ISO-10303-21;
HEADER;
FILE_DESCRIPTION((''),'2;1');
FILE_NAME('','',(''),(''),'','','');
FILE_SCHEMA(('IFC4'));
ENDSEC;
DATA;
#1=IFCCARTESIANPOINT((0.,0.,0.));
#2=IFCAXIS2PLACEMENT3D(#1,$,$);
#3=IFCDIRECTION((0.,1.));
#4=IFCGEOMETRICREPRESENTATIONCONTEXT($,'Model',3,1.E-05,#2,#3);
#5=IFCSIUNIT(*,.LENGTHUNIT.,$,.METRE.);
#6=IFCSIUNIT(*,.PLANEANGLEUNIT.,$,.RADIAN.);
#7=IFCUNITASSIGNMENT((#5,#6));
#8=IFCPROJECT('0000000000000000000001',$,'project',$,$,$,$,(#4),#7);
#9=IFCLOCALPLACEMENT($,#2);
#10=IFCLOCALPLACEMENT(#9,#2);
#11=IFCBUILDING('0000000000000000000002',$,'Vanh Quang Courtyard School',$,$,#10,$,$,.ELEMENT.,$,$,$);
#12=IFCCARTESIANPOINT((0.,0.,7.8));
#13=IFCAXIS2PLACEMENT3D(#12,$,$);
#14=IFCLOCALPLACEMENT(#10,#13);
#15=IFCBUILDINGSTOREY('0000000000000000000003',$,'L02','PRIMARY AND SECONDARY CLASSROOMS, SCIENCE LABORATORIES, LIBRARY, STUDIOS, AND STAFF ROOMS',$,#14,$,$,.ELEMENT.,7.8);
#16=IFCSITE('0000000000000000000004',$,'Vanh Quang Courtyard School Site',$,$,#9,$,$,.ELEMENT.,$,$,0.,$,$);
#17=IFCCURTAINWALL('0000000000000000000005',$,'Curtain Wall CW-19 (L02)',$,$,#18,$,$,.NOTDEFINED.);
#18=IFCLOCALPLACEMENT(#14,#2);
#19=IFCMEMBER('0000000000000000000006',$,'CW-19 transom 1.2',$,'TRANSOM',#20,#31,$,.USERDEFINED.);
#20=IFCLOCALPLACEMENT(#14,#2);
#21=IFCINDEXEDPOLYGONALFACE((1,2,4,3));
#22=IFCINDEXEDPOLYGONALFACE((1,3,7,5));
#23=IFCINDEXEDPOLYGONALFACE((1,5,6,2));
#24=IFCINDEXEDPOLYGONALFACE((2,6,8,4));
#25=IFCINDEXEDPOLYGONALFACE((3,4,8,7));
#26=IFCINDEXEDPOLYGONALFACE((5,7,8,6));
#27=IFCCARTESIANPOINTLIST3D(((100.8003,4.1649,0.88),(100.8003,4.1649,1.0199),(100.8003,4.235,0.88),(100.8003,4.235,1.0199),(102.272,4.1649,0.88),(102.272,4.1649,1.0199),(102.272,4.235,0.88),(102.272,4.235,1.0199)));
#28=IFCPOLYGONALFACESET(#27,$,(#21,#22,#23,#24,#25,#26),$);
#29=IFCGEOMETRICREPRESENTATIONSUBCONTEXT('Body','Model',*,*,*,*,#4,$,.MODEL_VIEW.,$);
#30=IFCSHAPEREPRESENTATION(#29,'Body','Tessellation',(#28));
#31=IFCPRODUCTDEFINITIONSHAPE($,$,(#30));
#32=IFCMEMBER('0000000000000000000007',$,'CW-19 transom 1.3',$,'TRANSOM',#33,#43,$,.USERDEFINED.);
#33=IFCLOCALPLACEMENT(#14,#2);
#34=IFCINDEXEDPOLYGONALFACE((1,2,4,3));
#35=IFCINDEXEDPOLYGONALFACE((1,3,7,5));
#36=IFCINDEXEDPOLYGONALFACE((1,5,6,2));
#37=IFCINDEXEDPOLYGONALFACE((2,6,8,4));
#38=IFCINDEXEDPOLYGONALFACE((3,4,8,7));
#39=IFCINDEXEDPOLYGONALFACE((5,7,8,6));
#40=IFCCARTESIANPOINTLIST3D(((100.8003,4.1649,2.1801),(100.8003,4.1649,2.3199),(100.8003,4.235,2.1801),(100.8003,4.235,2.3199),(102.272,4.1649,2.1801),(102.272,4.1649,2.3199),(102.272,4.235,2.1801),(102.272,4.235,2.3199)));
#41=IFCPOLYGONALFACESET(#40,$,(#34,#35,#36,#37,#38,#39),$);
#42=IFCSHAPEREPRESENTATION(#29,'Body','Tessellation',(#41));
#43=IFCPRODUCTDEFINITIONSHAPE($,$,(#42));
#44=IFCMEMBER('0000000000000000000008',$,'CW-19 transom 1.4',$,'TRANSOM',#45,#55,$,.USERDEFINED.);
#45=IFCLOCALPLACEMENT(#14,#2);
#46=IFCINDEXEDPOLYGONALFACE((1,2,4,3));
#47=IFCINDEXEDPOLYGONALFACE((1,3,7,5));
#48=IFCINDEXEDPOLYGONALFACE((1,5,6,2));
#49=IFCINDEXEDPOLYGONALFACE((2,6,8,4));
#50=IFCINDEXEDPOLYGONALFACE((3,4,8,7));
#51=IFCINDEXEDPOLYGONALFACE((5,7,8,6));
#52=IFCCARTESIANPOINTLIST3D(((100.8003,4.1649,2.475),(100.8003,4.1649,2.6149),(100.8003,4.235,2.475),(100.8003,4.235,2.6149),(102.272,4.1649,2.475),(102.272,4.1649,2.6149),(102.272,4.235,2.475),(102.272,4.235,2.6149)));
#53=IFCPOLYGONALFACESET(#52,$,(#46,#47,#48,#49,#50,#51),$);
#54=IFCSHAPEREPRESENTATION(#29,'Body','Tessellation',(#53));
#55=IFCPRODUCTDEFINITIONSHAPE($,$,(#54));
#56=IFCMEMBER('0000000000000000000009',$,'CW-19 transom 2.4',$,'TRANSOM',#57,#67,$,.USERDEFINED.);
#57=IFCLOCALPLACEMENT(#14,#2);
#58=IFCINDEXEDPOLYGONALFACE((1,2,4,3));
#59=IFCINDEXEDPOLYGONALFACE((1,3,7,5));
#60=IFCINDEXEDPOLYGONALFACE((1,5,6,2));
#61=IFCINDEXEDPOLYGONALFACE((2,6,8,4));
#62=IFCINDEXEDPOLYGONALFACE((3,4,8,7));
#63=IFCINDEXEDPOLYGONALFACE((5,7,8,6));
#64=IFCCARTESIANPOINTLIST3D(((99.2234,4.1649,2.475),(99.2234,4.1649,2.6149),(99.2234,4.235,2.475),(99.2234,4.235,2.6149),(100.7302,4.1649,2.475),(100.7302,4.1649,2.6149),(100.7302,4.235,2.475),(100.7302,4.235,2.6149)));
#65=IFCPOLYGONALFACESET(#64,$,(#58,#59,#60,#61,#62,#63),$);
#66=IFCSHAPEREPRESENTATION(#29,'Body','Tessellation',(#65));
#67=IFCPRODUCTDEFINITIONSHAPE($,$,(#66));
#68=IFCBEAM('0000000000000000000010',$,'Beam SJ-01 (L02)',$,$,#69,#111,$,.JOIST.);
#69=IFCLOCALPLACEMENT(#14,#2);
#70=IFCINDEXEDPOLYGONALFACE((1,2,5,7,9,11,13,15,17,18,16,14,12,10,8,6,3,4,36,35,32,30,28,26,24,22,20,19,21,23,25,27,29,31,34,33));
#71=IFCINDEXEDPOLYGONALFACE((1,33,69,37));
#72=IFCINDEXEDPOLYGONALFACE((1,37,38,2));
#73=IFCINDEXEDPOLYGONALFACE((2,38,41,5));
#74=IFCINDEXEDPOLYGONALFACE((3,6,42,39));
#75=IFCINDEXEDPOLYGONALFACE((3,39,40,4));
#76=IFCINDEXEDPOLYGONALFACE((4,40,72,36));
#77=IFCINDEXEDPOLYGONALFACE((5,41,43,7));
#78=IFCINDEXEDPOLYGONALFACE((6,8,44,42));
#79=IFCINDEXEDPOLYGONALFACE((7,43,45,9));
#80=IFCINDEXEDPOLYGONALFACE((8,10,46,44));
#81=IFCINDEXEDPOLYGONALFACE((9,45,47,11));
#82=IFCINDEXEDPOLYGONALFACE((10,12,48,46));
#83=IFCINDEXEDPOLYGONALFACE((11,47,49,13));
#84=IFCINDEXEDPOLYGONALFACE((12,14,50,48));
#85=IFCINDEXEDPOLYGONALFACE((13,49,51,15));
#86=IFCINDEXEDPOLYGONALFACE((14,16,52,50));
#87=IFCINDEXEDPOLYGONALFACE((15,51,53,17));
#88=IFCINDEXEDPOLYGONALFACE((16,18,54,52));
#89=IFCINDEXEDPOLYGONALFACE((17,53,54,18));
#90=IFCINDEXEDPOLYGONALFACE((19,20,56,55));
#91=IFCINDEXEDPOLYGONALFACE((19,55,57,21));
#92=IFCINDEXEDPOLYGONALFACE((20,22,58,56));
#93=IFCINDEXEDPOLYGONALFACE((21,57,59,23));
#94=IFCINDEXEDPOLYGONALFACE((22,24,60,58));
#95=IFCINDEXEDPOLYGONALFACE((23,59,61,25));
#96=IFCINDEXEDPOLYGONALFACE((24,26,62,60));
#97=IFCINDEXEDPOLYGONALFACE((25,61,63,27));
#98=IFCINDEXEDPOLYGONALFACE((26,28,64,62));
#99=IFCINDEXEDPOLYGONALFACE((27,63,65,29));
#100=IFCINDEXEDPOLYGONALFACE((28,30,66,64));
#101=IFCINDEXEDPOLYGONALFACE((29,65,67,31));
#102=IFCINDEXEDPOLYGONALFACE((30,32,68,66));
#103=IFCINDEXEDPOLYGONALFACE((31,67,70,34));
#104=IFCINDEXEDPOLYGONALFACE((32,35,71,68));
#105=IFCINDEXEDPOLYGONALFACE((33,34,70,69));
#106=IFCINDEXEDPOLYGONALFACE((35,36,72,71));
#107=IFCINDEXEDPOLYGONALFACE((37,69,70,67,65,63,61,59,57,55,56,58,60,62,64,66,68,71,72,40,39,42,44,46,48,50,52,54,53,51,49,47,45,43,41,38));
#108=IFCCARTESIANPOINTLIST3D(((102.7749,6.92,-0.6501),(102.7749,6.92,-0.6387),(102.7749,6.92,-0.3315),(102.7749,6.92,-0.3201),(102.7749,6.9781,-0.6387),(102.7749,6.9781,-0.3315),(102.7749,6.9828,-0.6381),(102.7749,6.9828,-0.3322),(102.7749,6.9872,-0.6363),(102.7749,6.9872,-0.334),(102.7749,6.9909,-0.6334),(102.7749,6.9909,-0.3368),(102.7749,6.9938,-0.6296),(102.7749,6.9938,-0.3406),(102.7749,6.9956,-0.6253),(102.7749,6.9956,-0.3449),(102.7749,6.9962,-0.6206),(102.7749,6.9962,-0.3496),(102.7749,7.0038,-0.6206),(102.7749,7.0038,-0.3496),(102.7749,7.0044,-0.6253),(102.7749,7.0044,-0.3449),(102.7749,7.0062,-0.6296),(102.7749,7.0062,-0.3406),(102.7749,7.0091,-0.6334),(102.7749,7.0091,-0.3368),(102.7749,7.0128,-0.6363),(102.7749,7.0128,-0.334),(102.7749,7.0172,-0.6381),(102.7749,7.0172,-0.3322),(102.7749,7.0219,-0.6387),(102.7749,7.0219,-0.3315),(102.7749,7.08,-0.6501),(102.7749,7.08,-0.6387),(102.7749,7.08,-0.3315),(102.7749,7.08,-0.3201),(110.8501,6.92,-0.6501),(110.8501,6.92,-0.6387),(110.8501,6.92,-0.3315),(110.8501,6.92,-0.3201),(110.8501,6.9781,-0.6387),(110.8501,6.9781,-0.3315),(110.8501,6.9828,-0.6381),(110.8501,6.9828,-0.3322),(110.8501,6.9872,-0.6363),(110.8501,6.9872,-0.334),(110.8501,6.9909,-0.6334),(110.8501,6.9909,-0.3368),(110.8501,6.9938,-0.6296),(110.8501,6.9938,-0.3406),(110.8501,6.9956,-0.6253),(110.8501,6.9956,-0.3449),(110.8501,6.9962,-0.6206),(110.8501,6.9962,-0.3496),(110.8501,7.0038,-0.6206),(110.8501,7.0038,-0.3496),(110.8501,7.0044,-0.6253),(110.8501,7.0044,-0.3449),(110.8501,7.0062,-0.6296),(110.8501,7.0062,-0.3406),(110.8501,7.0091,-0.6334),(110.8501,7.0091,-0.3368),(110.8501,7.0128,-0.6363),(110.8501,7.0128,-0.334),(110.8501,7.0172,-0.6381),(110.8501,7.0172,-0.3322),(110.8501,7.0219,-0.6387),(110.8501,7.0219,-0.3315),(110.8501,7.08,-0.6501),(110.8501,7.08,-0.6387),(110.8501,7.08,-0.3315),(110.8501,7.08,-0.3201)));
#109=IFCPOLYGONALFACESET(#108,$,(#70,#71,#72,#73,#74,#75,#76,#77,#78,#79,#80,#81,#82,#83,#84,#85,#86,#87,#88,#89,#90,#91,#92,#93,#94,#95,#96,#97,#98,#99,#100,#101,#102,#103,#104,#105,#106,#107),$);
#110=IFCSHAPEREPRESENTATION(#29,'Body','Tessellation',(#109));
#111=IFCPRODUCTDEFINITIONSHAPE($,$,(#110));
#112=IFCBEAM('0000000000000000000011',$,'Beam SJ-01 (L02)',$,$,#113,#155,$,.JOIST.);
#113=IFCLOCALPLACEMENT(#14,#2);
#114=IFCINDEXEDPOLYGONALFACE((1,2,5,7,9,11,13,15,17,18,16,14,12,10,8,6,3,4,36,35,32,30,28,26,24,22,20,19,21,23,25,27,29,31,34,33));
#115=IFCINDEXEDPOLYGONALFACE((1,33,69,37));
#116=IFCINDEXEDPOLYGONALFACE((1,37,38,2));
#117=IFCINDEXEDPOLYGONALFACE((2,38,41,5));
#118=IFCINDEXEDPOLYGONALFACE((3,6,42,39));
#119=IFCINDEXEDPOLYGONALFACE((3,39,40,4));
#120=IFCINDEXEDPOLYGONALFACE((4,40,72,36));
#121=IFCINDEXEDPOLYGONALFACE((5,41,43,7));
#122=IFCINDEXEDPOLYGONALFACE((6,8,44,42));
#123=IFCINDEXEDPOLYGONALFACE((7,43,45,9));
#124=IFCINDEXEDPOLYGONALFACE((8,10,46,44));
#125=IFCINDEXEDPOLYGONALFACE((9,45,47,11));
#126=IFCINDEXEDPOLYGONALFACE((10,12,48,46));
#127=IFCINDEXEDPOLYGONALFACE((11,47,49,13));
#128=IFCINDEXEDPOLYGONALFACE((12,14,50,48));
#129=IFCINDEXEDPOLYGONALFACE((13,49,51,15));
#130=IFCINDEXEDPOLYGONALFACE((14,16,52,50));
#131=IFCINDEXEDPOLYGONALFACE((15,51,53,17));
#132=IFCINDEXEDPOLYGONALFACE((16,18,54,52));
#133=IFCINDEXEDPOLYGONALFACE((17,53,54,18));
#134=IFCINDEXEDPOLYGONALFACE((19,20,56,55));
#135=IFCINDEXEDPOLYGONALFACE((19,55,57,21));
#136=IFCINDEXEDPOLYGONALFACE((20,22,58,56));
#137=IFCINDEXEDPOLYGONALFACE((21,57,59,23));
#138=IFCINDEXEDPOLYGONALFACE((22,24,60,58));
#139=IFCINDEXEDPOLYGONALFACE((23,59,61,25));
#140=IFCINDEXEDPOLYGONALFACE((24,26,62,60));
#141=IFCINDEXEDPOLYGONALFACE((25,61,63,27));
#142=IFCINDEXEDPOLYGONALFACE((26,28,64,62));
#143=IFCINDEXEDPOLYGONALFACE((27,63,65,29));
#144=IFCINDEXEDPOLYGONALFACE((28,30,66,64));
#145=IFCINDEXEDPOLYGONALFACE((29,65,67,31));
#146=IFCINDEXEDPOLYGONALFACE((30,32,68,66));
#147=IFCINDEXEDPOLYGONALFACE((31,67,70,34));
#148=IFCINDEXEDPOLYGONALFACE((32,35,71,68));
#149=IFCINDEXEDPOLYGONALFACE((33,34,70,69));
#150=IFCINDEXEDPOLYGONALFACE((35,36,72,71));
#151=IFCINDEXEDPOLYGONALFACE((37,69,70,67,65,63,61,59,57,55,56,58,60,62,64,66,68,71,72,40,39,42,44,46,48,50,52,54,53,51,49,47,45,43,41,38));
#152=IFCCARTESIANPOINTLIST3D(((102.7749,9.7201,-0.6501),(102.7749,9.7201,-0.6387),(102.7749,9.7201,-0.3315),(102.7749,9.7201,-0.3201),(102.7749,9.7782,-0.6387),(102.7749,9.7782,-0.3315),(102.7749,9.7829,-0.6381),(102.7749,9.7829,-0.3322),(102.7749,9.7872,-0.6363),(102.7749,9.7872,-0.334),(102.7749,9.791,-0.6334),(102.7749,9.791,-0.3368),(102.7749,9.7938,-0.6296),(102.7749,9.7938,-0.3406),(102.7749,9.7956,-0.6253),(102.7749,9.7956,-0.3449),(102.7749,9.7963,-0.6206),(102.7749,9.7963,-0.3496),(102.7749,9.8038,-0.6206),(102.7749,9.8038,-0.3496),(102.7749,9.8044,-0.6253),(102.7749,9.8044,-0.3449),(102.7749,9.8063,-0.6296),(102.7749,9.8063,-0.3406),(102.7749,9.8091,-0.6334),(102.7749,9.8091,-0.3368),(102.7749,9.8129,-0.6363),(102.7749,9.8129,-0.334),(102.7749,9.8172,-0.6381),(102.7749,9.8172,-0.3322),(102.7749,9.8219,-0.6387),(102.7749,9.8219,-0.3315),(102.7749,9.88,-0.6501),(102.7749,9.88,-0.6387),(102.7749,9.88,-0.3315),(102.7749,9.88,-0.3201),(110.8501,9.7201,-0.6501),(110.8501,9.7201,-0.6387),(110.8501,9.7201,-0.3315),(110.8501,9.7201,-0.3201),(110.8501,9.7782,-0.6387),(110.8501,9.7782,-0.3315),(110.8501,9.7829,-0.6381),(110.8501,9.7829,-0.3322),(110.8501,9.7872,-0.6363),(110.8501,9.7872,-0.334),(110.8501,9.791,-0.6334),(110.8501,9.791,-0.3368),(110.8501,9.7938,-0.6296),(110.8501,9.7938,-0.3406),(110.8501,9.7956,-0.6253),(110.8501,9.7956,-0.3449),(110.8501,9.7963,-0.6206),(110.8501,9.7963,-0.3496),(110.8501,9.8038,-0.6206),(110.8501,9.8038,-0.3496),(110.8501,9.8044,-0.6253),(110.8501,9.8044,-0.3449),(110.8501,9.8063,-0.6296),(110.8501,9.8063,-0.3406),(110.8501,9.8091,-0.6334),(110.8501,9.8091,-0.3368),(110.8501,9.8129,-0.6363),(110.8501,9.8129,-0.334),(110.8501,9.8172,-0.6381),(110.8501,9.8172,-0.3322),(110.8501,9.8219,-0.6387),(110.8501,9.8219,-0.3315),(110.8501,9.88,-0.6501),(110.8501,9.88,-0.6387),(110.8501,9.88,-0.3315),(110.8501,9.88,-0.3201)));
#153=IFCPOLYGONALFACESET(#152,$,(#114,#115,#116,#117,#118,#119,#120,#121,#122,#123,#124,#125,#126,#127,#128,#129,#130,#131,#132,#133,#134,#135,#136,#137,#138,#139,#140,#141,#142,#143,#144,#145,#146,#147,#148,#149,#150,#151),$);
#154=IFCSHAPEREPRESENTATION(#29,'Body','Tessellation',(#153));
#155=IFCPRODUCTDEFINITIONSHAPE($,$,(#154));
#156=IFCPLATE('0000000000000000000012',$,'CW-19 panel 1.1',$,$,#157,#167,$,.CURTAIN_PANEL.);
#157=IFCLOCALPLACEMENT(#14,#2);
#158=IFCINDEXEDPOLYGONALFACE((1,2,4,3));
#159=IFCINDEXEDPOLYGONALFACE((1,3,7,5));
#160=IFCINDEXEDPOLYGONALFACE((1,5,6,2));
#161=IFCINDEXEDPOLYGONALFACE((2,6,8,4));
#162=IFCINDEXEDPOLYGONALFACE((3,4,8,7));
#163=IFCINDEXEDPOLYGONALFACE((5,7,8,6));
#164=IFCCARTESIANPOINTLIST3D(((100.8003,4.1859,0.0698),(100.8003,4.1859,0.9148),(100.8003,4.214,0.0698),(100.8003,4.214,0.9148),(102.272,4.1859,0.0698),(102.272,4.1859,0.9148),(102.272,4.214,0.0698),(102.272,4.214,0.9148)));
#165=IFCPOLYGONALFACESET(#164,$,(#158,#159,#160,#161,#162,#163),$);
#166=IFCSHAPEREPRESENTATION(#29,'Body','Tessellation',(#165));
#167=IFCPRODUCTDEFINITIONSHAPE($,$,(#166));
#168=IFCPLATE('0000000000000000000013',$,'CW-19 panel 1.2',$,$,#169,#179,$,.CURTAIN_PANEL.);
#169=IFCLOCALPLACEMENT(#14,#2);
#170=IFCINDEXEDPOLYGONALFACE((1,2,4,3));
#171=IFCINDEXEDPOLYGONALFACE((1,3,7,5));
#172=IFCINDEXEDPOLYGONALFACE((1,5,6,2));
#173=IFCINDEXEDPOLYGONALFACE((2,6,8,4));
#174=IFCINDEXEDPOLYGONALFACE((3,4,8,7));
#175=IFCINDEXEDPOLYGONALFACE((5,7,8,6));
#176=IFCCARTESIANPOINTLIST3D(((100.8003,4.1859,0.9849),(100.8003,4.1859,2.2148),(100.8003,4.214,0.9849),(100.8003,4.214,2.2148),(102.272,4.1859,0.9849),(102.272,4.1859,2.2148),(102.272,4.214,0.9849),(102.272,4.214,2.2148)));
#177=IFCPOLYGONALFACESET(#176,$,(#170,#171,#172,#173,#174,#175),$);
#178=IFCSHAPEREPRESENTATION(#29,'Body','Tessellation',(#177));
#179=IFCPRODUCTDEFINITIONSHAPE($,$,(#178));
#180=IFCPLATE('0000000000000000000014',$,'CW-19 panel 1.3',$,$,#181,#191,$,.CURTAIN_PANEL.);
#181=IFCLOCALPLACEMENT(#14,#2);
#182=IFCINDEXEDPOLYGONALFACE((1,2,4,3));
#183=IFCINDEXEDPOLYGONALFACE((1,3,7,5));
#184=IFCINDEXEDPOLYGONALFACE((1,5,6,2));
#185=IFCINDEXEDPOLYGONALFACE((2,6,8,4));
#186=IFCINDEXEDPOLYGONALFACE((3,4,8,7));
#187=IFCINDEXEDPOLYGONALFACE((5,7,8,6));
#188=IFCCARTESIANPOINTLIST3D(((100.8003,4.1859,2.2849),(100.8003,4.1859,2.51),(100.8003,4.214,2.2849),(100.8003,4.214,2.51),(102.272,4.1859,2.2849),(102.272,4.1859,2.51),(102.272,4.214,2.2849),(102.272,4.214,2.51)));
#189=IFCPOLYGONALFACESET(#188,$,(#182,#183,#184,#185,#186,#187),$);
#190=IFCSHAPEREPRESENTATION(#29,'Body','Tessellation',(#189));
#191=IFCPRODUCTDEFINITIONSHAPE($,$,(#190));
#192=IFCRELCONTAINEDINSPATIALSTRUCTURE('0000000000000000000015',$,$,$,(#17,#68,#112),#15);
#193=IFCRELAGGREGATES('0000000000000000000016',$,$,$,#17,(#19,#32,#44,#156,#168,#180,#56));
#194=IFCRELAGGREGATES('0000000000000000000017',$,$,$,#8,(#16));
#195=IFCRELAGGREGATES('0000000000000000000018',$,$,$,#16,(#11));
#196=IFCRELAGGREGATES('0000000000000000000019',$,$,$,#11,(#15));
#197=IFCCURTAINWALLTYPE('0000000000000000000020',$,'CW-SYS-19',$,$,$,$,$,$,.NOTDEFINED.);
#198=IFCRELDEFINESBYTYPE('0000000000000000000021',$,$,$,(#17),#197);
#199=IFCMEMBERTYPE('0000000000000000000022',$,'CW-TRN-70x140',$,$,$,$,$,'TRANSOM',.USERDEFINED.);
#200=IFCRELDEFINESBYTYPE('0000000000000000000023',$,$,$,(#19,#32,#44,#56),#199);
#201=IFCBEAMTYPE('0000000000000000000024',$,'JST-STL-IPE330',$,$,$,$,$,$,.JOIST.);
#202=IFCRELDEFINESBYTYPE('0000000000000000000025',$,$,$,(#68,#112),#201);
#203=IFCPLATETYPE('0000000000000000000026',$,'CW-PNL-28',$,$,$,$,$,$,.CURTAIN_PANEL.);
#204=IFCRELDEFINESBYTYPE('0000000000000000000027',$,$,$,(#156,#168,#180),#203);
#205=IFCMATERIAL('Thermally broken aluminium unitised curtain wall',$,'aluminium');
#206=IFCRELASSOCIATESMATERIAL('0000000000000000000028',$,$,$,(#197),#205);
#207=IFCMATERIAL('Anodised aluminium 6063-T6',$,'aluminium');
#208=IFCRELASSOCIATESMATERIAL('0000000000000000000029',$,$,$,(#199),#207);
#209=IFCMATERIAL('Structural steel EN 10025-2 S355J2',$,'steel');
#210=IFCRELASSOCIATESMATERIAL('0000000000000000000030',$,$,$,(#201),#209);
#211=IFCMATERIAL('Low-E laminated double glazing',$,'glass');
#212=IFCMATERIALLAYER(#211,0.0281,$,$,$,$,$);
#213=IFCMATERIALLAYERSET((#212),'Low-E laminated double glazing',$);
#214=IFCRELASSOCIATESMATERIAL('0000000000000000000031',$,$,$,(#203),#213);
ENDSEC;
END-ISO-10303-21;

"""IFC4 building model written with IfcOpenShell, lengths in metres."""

from ifc_helpers import new_model, si_unit, direction, frame, origin, origin_2d, place, context, subcontext, project, spatial, rectangle, i_section, extrude, material, layer, layer_set, material_profile, profile_set, type_object, element, aggregate, save


model = new_model("IFC4")

# Units and contexts
model_context = context("Model", 3, precision=1e-05, world=origin(), true_north=direction((0.0, 1.0)))
body_context = subcontext(model_context, "Body", "Model", "MODEL_VIEW")
ifc_project = project(units=[si_unit("LENGTHUNIT", "METRE"), si_unit("PLANEANGLEUNIT", "RADIAN")], contexts=[model_context])

# Site, building, storey
site_placement = place(None, origin())
site = spatial("IfcSite", under=ifc_project, at=site_placement, Name="Vanh Quang Courtyard School Site", CompositionType="ELEMENT", RefElevation=0.0)
building_placement = place(site_placement, origin())
building = spatial("IfcBuilding", under=site, at=building_placement, Name="Vanh Quang Courtyard School", CompositionType="ELEMENT")
storey_placement = place(building_placement, frame((0.0, 0.0, 7.8)))
storey = spatial("IfcBuildingStorey", under=building, at=storey_placement, Name="L02", Description="PRIMARY AND SECONDARY CLASSROOMS, SCIENCE LABORATORIES, LIBRARY, STUDIOS, AND STAFF ROOMS", CompositionType="ELEMENT", Elevation=7.8)

# Shared definitions
ifc_material_1 = material(Name="Structural steel EN 10025-2 S355J2", Category="steel")

# Shared definitions
ifc_material_2 = material(Name="Thermally broken aluminium unitised curtain wall", Category="aluminium")
curtain_wall_type = type_object("IfcCurtainWallType", Name="CW-SYS-19", PredefinedType="NOTDEFINED", material=ifc_material_2)
ifc_material_3 = material(Name="Anodised aluminium 6063-T6", Category="aluminium")

# Curtain wall
curtain_wall_1_placement = place(storey_placement, origin())
curtain_wall_1 = element("IfcCurtainWall", 1, at=curtain_wall_1_placement, inside=storey, type_object=curtain_wall_type, Name="Curtain Wall CW-19 (L02)", PredefinedType="NOTDEFINED")

# Members
ifc_material_profile_1 = material_profile(ifc_material_3, rectangle(XDim=0.0701, YDim=0.1399, at=origin_2d()), Name="ALU-TRN 70x140")
ifc_profile_set_1 = profile_set([ifc_material_profile_1], Name="Anodised aluminium 6063-T6")
member_type_1 = type_object("IfcMemberType", Name="CW-TRN-70x140", ElementType="TRANSOM", PredefinedType="USERDEFINED", material=ifc_profile_set_1)
member_1_placement = place(storey_placement, frame((102.272, 4.2, 0.95), z_axis=(-1.0, 0.0, 0.0), x_axis=(0.0, -1.0, 0.0)))
member_1 = element("IfcMember", 2, at=member_1_placement, type_object=member_type_1, Name="CW-19 transom 1.2", ObjectType="TRANSOM", PredefinedType="USERDEFINED", context=body_context, shape_type="SweptSolid", body=[
    extrude(rectangle(XDim=0.0701, YDim=0.1399, at=origin_2d()), origin(), (0.0, 0.0, 1.0), 1.4717),
])
member_2_placement = place(storey_placement, frame((102.272, 4.2, 2.25), z_axis=(-1.0, 0.0, 0.0), x_axis=(0.0, -1.0, 0.0)))
member_2 = element("IfcMember", 3, at=member_2_placement, type_object=member_type_1, Name="CW-19 transom 1.3", ObjectType="TRANSOM", PredefinedType="USERDEFINED", context=body_context, shape_type="SweptSolid", body=[
    extrude(rectangle(XDim=0.0701, YDim=0.1399, at=origin_2d()), origin(), (0.0, 0.0, 1.0), 1.4717),
])
member_3_placement = place(storey_placement, frame((102.272, 4.2, 2.5449), z_axis=(-1.0, 0.0, 0.0), x_axis=(0.0, -1.0, 0.0)))
member_3 = element("IfcMember", 4, at=member_3_placement, type_object=member_type_1, Name="CW-19 transom 1.4", ObjectType="TRANSOM", PredefinedType="USERDEFINED", context=body_context, shape_type="SweptSolid", body=[
    extrude(rectangle(XDim=0.0701, YDim=0.1399, at=origin_2d()), origin(), (0.0, 0.0, 1.0), 1.4717),
])
member_4_placement = place(storey_placement, frame((100.7302, 4.2, 2.5449), z_axis=(-1.0, 0.0, 0.0), x_axis=(0.0, -1.0, 0.0)))
member_4 = element("IfcMember", 5, at=member_4_placement, type_object=member_type_1, Name="CW-19 transom 2.4", ObjectType="TRANSOM", PredefinedType="USERDEFINED", context=body_context, shape_type="SweptSolid", body=[
    extrude(rectangle(XDim=0.0701, YDim=0.1399, at=origin_2d()), origin(), (0.0, 0.0, 1.0), 1.5068),
])

# Beams
ifc_material_profile_2 = material_profile(ifc_material_1, i_section(OverallWidth=0.1599, OverallDepth=0.3301, WebThickness=0.0076, FlangeThickness=0.0115, FilletRadius=0.0181, at=origin_2d()), Name="IPE 330")
ifc_profile_set_2 = profile_set([ifc_material_profile_2], Name="Structural steel EN 10025-2 S355J2")
beam_type_1 = type_object("IfcBeamType", Name="JST-STL-IPE330", PredefinedType="JOIST", material=ifc_profile_set_2)
for number, where, z_axis, x_axis, name in (
    (6, (102.7749, 7.0, -0.4851), (1.0, 0.0, 0.0), (0.0, 1.0, 0.0), "Beam SJ-01 (L02)"),
    (7, (102.7749, 9.8, -0.4851), (1.0, 0.0, 0.0), (0.0, 1.0, 0.0), "Beam SJ-01 (L02)"),
):
    element("IfcBeam", number, at=place(storey_placement, frame(where, z_axis=z_axis, x_axis=x_axis)), inside=storey, type_object=beam_type_1, Name=name, PredefinedType="JOIST", context=body_context, shape_type="SweptSolid", body=[
        extrude(i_section(OverallWidth=0.1599, OverallDepth=0.3301, WebThickness=0.0076, FlangeThickness=0.0115, FilletRadius=0.0181, at=origin_2d()), origin(), (0.0, 0.0, 1.0), 8.0752),
    ])

# Plates
ifc_material_4 = material(Name="Low-E laminated double glazing", Category="glass")
ifc_layer_1 = layer(ifc_material_4, 0.0281)
ifc_layer_set_1 = layer_set([ifc_layer_1], Name="Low-E laminated double glazing")
plate_type_1 = type_object("IfcPlateType", Name="CW-PNL-28", PredefinedType="CURTAIN_PANEL", material=ifc_layer_set_1)
plate_1_placement = place(storey_placement, frame((101.5361, 4.2, 0.0698), z_axis=(0.0, 0.0, 1.0), x_axis=(-1.0, 0.0, 0.0)))
plate_1 = element("IfcPlate", 8, at=plate_1_placement, type_object=plate_type_1, Name="CW-19 panel 1.1", PredefinedType="CURTAIN_PANEL", context=body_context, shape_type="SweptSolid", body=[
    extrude(rectangle(XDim=1.4717, YDim=0.0281, at=origin_2d()), origin(), (0.0, 0.0, 1.0), 0.845),
])
plate_2_placement = place(storey_placement, frame((101.5361, 4.2, 0.9849), z_axis=(0.0, 0.0, 1.0), x_axis=(-1.0, 0.0, 0.0)))
plate_2 = element("IfcPlate", 9, at=plate_2_placement, type_object=plate_type_1, Name="CW-19 panel 1.2", PredefinedType="CURTAIN_PANEL", context=body_context, shape_type="SweptSolid", body=[
    extrude(rectangle(XDim=1.4717, YDim=0.0281, at=origin_2d()), origin(), (0.0, 0.0, 1.0), 1.23),
])
plate_3_placement = place(storey_placement, frame((101.5361, 4.2, 2.2849), z_axis=(0.0, 0.0, 1.0), x_axis=(-1.0, 0.0, 0.0)))
plate_3 = element("IfcPlate", 10, at=plate_3_placement, type_object=plate_type_1, Name="CW-19 panel 1.3", PredefinedType="CURTAIN_PANEL", context=body_context, shape_type="SweptSolid", body=[
    extrude(rectangle(XDim=1.4717, YDim=0.0281, at=origin_2d()), origin(), (0.0, 0.0, 1.0), 0.2251),
])
aggregate(curtain_wall_1, [member_1, member_2, member_3, plate_1, plate_2, plate_3, member_4])

save(model, "model.ifc")
